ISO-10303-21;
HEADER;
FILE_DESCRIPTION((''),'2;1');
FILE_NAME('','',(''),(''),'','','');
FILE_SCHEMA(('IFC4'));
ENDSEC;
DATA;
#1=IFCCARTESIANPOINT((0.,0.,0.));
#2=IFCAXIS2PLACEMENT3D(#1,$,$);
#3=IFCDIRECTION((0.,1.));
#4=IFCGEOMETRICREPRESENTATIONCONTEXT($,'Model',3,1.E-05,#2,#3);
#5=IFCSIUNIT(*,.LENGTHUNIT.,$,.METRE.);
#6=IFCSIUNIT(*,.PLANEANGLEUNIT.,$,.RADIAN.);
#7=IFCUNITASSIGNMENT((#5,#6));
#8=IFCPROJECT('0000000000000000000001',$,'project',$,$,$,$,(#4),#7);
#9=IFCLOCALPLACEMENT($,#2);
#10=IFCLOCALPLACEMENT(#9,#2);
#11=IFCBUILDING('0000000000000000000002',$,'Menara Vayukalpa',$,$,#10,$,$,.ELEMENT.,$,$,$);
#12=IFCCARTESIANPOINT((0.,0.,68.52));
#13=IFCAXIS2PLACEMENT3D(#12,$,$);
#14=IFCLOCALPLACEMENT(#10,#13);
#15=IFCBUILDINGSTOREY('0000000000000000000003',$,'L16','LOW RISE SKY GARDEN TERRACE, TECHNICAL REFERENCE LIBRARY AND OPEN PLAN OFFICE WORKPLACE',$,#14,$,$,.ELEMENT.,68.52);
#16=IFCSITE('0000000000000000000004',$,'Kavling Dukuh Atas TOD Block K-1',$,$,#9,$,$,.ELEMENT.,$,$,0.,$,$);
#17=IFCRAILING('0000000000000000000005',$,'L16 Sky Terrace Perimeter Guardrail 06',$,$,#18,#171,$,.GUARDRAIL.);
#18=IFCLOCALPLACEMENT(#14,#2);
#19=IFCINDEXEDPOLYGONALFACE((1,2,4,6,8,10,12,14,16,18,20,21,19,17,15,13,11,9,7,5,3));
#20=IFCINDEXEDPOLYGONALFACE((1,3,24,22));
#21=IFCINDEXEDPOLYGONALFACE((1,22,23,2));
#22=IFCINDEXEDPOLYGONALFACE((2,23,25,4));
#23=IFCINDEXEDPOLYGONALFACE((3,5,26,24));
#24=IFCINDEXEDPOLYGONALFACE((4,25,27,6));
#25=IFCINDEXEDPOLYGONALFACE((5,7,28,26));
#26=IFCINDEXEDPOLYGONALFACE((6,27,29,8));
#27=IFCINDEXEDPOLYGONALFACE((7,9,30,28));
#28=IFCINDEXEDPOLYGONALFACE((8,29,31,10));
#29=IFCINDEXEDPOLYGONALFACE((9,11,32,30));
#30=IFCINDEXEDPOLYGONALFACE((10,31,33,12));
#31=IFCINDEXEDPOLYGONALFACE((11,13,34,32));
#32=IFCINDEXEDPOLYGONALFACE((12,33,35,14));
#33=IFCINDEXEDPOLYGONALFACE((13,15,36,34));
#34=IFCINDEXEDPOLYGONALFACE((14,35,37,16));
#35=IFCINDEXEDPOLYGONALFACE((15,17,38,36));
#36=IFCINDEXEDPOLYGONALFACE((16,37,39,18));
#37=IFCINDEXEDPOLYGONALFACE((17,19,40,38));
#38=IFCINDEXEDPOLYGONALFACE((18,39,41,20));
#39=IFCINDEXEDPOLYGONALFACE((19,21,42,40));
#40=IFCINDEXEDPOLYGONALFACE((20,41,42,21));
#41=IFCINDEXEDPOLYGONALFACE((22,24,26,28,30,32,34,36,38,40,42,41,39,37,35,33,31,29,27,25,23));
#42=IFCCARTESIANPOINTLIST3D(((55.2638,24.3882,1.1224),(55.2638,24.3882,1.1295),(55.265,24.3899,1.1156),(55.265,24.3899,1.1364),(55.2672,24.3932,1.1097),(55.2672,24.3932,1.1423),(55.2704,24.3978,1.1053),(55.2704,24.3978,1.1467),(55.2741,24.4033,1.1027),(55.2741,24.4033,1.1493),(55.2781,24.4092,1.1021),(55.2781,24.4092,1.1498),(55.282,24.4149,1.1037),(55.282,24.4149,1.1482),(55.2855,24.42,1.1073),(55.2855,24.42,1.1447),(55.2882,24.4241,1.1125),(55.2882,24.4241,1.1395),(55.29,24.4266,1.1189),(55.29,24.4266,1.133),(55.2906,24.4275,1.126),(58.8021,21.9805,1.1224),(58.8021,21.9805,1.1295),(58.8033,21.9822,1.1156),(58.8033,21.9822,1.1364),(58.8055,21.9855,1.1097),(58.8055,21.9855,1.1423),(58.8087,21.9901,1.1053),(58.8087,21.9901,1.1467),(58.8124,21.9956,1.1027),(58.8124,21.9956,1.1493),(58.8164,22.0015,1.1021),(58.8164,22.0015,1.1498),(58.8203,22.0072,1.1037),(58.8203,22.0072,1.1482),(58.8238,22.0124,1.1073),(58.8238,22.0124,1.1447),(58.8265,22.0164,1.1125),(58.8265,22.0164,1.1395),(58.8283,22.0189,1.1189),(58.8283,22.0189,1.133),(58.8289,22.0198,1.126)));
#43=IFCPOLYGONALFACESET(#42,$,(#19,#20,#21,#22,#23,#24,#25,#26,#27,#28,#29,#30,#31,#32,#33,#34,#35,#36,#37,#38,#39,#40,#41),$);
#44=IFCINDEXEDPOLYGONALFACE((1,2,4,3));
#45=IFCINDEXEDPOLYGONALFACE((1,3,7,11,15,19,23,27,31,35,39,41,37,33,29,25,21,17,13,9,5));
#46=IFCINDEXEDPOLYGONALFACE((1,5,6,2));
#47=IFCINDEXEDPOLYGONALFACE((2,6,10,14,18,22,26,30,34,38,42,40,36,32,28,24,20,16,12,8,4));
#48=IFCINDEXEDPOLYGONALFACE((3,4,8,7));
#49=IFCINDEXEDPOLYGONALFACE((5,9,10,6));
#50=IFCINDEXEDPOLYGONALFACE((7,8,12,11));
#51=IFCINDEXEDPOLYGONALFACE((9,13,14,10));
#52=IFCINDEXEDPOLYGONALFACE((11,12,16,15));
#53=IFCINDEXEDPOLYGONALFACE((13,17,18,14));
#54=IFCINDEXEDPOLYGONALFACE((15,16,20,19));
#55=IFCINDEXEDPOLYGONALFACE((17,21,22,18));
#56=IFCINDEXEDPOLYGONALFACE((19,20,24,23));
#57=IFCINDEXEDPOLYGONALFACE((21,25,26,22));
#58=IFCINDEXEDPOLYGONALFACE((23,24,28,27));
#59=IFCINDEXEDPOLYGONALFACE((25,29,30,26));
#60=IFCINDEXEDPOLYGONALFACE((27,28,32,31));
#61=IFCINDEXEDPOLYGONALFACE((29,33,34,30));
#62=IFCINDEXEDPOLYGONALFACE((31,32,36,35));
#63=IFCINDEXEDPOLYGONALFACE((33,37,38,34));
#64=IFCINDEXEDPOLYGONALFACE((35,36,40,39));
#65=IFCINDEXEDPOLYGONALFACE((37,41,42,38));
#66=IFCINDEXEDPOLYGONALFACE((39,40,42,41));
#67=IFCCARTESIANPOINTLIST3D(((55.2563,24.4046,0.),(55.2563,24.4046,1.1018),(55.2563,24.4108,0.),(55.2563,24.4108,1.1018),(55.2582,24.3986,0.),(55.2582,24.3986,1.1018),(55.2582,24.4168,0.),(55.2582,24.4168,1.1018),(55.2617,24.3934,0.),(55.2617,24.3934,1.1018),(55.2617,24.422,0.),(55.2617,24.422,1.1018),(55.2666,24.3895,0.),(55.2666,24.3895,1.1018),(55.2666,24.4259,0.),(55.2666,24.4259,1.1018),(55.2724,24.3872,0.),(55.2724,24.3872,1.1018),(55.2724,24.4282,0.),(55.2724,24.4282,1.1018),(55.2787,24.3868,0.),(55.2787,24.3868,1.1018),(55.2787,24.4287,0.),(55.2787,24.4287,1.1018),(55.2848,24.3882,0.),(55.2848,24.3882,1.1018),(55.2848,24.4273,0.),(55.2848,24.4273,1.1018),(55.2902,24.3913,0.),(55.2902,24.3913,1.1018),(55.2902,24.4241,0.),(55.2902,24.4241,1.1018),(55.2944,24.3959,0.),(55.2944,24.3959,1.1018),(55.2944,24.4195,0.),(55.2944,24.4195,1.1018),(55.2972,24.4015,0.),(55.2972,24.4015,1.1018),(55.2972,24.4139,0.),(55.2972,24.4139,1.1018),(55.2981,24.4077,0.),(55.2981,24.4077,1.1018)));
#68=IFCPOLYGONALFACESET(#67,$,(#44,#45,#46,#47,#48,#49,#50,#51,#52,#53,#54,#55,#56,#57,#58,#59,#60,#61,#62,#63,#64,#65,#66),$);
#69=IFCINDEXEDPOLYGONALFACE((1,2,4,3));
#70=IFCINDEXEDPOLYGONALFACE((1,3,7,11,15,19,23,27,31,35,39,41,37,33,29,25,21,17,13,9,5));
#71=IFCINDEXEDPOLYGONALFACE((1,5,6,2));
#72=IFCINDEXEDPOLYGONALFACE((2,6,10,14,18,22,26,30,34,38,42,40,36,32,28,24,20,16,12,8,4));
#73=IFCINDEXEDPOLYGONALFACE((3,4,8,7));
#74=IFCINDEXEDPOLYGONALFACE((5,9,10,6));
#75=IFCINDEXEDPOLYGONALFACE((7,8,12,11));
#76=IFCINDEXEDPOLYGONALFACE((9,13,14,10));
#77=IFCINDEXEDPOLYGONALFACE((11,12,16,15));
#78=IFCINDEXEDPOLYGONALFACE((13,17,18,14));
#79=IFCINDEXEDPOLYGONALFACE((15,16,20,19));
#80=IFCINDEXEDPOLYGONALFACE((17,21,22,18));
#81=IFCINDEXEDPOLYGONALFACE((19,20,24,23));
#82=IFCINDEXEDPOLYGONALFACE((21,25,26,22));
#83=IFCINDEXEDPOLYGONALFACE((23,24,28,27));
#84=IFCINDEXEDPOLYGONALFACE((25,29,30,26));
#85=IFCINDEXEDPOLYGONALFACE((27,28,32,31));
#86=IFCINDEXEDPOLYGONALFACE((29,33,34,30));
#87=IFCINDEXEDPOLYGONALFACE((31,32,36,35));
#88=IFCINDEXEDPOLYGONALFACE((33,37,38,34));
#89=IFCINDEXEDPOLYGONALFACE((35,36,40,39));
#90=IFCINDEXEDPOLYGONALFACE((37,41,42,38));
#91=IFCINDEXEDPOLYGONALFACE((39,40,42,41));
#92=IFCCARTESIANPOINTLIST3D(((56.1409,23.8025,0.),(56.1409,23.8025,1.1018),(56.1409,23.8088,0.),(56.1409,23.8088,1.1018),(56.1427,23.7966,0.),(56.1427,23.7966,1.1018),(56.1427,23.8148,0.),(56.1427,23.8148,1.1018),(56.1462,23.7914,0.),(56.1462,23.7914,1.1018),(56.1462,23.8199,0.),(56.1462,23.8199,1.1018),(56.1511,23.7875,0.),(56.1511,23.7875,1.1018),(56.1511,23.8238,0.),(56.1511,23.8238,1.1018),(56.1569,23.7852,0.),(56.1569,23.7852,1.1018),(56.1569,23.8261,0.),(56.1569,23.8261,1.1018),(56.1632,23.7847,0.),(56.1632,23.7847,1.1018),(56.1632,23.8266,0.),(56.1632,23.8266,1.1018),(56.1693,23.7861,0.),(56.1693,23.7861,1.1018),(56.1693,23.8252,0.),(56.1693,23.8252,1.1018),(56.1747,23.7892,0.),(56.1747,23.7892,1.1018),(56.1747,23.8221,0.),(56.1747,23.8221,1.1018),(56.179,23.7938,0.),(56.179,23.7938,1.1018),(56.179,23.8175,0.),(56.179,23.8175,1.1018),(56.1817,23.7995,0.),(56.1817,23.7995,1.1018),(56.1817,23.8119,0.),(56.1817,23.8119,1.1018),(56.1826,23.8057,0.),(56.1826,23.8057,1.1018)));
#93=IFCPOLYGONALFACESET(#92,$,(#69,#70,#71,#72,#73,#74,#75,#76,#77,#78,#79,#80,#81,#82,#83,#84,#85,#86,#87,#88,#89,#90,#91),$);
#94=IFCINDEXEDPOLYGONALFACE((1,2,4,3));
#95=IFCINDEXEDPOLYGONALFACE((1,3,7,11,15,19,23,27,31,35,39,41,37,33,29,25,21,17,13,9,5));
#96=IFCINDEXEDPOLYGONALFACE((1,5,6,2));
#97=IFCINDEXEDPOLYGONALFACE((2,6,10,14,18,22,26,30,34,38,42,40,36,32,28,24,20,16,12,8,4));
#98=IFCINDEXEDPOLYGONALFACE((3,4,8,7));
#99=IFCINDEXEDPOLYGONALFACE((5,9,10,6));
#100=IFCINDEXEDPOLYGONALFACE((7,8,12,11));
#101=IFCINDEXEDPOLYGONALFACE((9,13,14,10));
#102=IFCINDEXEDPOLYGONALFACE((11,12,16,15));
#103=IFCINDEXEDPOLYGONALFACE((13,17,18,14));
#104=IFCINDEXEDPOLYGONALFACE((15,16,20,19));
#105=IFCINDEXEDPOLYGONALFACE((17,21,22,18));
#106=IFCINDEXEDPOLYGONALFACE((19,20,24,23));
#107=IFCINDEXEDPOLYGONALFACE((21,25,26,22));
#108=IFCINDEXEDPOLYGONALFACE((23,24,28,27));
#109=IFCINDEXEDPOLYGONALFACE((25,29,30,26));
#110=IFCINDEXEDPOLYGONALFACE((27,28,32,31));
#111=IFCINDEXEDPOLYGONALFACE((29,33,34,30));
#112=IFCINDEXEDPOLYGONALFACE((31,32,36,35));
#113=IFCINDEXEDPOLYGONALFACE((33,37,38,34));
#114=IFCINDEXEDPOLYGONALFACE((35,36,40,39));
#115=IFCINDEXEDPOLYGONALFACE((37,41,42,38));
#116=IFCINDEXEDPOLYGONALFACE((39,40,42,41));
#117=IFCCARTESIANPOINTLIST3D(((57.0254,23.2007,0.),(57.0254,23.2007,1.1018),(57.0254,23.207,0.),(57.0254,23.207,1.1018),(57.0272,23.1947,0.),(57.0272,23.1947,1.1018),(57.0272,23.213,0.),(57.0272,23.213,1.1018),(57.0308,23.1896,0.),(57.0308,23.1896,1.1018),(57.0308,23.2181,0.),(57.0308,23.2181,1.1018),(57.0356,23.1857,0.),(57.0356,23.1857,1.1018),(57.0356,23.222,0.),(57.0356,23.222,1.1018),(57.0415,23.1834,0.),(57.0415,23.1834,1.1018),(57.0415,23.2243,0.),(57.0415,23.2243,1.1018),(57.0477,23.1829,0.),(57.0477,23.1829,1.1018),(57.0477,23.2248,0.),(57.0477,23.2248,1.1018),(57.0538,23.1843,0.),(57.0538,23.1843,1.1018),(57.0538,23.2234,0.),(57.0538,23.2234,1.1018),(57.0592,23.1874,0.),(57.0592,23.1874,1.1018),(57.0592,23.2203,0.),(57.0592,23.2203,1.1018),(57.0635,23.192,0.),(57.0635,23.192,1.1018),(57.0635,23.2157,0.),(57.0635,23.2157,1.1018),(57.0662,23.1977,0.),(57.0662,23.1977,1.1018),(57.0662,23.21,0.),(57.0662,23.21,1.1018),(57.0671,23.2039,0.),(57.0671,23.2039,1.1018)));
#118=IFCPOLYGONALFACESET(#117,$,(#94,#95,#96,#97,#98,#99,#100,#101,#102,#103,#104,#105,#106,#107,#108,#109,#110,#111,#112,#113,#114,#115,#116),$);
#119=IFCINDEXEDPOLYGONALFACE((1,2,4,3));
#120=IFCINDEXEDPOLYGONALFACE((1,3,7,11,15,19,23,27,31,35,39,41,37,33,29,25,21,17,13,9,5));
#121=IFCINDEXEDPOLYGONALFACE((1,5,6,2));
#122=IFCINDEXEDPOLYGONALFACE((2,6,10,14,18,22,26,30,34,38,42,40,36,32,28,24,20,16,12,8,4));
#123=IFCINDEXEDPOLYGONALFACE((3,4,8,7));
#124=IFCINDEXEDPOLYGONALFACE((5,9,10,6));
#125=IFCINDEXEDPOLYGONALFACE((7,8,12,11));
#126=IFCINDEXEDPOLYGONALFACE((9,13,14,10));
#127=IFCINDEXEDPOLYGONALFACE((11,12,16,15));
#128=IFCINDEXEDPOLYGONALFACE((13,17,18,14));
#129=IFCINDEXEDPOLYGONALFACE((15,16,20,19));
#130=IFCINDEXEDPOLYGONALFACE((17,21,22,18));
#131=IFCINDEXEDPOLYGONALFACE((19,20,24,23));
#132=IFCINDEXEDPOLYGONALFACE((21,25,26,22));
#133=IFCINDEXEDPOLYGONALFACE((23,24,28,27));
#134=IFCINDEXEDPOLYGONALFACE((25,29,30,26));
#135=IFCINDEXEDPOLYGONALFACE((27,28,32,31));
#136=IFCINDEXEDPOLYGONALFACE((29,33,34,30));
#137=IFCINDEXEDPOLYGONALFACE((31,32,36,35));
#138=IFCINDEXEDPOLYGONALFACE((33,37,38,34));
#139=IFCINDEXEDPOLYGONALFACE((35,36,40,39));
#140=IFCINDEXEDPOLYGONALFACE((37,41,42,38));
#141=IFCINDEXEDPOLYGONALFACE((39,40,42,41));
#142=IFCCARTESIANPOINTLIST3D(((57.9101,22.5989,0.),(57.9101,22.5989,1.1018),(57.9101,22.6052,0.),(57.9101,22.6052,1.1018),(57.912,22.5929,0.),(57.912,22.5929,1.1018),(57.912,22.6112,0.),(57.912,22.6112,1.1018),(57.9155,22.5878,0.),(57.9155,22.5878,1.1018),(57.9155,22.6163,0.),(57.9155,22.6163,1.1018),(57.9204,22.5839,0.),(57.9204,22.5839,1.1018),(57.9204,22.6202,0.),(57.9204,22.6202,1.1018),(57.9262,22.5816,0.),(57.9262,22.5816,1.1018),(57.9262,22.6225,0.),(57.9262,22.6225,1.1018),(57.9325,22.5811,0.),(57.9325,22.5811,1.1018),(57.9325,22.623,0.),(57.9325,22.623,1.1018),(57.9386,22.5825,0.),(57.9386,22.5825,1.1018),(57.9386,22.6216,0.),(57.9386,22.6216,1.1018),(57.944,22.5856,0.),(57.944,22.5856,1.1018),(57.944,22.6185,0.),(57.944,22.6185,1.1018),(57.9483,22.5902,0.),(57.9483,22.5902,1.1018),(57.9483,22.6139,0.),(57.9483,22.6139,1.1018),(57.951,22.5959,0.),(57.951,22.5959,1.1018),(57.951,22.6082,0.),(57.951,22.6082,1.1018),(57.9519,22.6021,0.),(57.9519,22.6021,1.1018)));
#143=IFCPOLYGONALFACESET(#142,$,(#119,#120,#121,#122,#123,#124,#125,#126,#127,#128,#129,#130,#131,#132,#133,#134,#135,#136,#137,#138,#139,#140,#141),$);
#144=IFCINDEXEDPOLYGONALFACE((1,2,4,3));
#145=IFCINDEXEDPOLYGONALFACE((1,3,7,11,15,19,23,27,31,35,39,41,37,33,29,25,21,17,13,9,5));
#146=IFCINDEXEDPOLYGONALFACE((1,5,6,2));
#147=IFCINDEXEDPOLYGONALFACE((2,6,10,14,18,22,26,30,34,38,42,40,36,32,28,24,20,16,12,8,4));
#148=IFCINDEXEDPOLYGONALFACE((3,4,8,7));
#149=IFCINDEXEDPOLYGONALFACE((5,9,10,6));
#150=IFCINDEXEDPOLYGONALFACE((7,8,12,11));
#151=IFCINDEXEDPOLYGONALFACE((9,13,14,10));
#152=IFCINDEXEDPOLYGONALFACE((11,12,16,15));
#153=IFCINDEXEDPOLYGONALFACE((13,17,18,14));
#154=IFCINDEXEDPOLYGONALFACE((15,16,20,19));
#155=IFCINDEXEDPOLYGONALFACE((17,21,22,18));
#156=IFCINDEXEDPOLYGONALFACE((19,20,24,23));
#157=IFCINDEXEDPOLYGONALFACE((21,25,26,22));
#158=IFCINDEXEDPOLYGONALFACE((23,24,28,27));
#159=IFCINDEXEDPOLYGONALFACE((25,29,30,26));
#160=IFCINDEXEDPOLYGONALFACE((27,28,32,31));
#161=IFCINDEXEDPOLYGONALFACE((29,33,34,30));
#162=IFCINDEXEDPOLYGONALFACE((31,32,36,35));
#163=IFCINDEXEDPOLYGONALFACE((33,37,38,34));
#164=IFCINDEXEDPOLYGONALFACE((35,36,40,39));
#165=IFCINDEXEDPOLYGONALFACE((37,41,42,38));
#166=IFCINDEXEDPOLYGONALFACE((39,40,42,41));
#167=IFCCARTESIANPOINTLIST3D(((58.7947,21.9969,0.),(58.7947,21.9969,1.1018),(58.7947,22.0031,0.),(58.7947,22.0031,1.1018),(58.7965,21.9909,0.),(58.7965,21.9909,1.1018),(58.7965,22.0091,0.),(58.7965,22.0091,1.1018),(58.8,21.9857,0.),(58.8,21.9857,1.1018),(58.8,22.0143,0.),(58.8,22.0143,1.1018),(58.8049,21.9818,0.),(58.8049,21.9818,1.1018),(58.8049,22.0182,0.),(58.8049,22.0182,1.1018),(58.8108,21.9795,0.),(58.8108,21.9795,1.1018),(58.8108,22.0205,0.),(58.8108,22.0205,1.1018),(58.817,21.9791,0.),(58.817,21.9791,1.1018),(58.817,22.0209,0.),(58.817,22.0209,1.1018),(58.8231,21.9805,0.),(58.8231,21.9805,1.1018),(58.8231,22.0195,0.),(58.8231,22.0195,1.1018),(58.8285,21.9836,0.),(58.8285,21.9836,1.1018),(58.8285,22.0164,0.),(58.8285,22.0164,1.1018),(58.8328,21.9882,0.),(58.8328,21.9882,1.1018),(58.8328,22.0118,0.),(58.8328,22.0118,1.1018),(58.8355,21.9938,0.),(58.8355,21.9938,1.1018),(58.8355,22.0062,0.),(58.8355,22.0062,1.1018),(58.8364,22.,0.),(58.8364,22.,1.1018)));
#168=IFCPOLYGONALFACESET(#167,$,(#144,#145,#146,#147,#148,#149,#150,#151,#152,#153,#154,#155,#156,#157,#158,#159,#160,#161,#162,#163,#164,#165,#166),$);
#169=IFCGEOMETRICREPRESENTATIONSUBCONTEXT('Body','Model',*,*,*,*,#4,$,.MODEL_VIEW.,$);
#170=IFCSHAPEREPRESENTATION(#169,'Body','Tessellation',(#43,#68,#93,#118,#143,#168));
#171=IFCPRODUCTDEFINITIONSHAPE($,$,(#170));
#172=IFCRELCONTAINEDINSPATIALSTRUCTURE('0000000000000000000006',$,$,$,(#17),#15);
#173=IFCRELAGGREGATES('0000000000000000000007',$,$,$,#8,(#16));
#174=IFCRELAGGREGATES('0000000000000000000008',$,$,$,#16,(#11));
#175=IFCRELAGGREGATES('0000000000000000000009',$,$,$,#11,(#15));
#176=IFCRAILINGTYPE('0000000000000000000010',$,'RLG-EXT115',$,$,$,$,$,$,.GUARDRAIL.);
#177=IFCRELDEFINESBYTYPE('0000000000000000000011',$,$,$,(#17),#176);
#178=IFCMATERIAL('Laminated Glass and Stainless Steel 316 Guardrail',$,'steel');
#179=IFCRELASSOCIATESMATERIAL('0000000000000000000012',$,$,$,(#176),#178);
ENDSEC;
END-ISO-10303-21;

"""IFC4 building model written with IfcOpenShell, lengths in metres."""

from ifc_helpers import new_model, si_unit, direction, frame, origin, origin_2d, place, context, subcontext, project, spatial, circle, extrude, material, type_object, element, save


model = new_model("IFC4")

# Units and contexts
model_context = context("Model", 3, precision=1e-05, world=origin(), true_north=direction((0.0, 1.0)))
body_context = subcontext(model_context, "Body", "Model", "MODEL_VIEW")
ifc_project = project(units=[si_unit("LENGTHUNIT", "METRE"), si_unit("PLANEANGLEUNIT", "RADIAN")], contexts=[model_context])

# Site, building, storey
site_placement = place(None, origin())
site = spatial("IfcSite", under=ifc_project, at=site_placement, Name="Kavling Dukuh Atas TOD Block K-1", CompositionType="ELEMENT", RefElevation=0.0)
building_placement = place(site_placement, origin())
building = spatial("IfcBuilding", under=site, at=building_placement, Name="Menara Vayukalpa", CompositionType="ELEMENT")
storey_placement = place(building_placement, frame((0.0, 0.0, 68.52)))
storey = spatial("IfcBuildingStorey", under=building, at=storey_placement, Name="L16", Description="LOW RISE SKY GARDEN TERRACE, TECHNICAL REFERENCE LIBRARY AND OPEN PLAN OFFICE WORKPLACE", CompositionType="ELEMENT", Elevation=68.52)

# Railing
ifc_material_1 = material(Name="Laminated Glass and Stainless Steel 316 Guardrail", Category="steel")
railing_type = type_object("IfcRailingType", Name="RLG-EXT115", PredefinedType="GUARDRAIL", material=ifc_material_1)
railing_1_placement = place(storey_placement, frame((55.2771, 24.4077, 0.0)))
element("IfcRailing", 1, at=railing_1_placement, inside=storey, type_object=railing_type, Name="L16 Sky Terrace Perimeter Guardrail 06", PredefinedType="GUARDRAIL", context=body_context, shape_type="SweptSolid", body=[
    extrude(circle(Radius=0.0239, at=origin_2d()), frame((0.0, 0.0, 1.126), z_axis=(0.826747, -0.562574, 0.0), x_axis=(0.562574, 0.826747, 0.0)), (0.0, 0.0, 1.0), 4.2798),
    extrude(circle(Radius=0.021, at=origin_2d()), origin(), (0.0, 0.0, 1.0), 1.1018),
    extrude(circle(Radius=0.021, at=origin_2d()), frame((0.8845, -0.6021, 0.0)), (0.0, 0.0, 1.0), 1.1018),
    extrude(circle(Radius=0.021, at=origin_2d()), frame((1.769, -1.2039, 0.0)), (0.0, 0.0, 1.0), 1.1018),
    extrude(circle(Radius=0.021, at=origin_2d()), frame((2.6538, -1.8057, 0.0)), (0.0, 0.0, 1.0), 1.1018),
    extrude(circle(Radius=0.021, at=origin_2d()), frame((3.5383, -2.4077, 0.0)), (0.0, 0.0, 1.0), 1.1018),
])

save(model, "model.ifc")
